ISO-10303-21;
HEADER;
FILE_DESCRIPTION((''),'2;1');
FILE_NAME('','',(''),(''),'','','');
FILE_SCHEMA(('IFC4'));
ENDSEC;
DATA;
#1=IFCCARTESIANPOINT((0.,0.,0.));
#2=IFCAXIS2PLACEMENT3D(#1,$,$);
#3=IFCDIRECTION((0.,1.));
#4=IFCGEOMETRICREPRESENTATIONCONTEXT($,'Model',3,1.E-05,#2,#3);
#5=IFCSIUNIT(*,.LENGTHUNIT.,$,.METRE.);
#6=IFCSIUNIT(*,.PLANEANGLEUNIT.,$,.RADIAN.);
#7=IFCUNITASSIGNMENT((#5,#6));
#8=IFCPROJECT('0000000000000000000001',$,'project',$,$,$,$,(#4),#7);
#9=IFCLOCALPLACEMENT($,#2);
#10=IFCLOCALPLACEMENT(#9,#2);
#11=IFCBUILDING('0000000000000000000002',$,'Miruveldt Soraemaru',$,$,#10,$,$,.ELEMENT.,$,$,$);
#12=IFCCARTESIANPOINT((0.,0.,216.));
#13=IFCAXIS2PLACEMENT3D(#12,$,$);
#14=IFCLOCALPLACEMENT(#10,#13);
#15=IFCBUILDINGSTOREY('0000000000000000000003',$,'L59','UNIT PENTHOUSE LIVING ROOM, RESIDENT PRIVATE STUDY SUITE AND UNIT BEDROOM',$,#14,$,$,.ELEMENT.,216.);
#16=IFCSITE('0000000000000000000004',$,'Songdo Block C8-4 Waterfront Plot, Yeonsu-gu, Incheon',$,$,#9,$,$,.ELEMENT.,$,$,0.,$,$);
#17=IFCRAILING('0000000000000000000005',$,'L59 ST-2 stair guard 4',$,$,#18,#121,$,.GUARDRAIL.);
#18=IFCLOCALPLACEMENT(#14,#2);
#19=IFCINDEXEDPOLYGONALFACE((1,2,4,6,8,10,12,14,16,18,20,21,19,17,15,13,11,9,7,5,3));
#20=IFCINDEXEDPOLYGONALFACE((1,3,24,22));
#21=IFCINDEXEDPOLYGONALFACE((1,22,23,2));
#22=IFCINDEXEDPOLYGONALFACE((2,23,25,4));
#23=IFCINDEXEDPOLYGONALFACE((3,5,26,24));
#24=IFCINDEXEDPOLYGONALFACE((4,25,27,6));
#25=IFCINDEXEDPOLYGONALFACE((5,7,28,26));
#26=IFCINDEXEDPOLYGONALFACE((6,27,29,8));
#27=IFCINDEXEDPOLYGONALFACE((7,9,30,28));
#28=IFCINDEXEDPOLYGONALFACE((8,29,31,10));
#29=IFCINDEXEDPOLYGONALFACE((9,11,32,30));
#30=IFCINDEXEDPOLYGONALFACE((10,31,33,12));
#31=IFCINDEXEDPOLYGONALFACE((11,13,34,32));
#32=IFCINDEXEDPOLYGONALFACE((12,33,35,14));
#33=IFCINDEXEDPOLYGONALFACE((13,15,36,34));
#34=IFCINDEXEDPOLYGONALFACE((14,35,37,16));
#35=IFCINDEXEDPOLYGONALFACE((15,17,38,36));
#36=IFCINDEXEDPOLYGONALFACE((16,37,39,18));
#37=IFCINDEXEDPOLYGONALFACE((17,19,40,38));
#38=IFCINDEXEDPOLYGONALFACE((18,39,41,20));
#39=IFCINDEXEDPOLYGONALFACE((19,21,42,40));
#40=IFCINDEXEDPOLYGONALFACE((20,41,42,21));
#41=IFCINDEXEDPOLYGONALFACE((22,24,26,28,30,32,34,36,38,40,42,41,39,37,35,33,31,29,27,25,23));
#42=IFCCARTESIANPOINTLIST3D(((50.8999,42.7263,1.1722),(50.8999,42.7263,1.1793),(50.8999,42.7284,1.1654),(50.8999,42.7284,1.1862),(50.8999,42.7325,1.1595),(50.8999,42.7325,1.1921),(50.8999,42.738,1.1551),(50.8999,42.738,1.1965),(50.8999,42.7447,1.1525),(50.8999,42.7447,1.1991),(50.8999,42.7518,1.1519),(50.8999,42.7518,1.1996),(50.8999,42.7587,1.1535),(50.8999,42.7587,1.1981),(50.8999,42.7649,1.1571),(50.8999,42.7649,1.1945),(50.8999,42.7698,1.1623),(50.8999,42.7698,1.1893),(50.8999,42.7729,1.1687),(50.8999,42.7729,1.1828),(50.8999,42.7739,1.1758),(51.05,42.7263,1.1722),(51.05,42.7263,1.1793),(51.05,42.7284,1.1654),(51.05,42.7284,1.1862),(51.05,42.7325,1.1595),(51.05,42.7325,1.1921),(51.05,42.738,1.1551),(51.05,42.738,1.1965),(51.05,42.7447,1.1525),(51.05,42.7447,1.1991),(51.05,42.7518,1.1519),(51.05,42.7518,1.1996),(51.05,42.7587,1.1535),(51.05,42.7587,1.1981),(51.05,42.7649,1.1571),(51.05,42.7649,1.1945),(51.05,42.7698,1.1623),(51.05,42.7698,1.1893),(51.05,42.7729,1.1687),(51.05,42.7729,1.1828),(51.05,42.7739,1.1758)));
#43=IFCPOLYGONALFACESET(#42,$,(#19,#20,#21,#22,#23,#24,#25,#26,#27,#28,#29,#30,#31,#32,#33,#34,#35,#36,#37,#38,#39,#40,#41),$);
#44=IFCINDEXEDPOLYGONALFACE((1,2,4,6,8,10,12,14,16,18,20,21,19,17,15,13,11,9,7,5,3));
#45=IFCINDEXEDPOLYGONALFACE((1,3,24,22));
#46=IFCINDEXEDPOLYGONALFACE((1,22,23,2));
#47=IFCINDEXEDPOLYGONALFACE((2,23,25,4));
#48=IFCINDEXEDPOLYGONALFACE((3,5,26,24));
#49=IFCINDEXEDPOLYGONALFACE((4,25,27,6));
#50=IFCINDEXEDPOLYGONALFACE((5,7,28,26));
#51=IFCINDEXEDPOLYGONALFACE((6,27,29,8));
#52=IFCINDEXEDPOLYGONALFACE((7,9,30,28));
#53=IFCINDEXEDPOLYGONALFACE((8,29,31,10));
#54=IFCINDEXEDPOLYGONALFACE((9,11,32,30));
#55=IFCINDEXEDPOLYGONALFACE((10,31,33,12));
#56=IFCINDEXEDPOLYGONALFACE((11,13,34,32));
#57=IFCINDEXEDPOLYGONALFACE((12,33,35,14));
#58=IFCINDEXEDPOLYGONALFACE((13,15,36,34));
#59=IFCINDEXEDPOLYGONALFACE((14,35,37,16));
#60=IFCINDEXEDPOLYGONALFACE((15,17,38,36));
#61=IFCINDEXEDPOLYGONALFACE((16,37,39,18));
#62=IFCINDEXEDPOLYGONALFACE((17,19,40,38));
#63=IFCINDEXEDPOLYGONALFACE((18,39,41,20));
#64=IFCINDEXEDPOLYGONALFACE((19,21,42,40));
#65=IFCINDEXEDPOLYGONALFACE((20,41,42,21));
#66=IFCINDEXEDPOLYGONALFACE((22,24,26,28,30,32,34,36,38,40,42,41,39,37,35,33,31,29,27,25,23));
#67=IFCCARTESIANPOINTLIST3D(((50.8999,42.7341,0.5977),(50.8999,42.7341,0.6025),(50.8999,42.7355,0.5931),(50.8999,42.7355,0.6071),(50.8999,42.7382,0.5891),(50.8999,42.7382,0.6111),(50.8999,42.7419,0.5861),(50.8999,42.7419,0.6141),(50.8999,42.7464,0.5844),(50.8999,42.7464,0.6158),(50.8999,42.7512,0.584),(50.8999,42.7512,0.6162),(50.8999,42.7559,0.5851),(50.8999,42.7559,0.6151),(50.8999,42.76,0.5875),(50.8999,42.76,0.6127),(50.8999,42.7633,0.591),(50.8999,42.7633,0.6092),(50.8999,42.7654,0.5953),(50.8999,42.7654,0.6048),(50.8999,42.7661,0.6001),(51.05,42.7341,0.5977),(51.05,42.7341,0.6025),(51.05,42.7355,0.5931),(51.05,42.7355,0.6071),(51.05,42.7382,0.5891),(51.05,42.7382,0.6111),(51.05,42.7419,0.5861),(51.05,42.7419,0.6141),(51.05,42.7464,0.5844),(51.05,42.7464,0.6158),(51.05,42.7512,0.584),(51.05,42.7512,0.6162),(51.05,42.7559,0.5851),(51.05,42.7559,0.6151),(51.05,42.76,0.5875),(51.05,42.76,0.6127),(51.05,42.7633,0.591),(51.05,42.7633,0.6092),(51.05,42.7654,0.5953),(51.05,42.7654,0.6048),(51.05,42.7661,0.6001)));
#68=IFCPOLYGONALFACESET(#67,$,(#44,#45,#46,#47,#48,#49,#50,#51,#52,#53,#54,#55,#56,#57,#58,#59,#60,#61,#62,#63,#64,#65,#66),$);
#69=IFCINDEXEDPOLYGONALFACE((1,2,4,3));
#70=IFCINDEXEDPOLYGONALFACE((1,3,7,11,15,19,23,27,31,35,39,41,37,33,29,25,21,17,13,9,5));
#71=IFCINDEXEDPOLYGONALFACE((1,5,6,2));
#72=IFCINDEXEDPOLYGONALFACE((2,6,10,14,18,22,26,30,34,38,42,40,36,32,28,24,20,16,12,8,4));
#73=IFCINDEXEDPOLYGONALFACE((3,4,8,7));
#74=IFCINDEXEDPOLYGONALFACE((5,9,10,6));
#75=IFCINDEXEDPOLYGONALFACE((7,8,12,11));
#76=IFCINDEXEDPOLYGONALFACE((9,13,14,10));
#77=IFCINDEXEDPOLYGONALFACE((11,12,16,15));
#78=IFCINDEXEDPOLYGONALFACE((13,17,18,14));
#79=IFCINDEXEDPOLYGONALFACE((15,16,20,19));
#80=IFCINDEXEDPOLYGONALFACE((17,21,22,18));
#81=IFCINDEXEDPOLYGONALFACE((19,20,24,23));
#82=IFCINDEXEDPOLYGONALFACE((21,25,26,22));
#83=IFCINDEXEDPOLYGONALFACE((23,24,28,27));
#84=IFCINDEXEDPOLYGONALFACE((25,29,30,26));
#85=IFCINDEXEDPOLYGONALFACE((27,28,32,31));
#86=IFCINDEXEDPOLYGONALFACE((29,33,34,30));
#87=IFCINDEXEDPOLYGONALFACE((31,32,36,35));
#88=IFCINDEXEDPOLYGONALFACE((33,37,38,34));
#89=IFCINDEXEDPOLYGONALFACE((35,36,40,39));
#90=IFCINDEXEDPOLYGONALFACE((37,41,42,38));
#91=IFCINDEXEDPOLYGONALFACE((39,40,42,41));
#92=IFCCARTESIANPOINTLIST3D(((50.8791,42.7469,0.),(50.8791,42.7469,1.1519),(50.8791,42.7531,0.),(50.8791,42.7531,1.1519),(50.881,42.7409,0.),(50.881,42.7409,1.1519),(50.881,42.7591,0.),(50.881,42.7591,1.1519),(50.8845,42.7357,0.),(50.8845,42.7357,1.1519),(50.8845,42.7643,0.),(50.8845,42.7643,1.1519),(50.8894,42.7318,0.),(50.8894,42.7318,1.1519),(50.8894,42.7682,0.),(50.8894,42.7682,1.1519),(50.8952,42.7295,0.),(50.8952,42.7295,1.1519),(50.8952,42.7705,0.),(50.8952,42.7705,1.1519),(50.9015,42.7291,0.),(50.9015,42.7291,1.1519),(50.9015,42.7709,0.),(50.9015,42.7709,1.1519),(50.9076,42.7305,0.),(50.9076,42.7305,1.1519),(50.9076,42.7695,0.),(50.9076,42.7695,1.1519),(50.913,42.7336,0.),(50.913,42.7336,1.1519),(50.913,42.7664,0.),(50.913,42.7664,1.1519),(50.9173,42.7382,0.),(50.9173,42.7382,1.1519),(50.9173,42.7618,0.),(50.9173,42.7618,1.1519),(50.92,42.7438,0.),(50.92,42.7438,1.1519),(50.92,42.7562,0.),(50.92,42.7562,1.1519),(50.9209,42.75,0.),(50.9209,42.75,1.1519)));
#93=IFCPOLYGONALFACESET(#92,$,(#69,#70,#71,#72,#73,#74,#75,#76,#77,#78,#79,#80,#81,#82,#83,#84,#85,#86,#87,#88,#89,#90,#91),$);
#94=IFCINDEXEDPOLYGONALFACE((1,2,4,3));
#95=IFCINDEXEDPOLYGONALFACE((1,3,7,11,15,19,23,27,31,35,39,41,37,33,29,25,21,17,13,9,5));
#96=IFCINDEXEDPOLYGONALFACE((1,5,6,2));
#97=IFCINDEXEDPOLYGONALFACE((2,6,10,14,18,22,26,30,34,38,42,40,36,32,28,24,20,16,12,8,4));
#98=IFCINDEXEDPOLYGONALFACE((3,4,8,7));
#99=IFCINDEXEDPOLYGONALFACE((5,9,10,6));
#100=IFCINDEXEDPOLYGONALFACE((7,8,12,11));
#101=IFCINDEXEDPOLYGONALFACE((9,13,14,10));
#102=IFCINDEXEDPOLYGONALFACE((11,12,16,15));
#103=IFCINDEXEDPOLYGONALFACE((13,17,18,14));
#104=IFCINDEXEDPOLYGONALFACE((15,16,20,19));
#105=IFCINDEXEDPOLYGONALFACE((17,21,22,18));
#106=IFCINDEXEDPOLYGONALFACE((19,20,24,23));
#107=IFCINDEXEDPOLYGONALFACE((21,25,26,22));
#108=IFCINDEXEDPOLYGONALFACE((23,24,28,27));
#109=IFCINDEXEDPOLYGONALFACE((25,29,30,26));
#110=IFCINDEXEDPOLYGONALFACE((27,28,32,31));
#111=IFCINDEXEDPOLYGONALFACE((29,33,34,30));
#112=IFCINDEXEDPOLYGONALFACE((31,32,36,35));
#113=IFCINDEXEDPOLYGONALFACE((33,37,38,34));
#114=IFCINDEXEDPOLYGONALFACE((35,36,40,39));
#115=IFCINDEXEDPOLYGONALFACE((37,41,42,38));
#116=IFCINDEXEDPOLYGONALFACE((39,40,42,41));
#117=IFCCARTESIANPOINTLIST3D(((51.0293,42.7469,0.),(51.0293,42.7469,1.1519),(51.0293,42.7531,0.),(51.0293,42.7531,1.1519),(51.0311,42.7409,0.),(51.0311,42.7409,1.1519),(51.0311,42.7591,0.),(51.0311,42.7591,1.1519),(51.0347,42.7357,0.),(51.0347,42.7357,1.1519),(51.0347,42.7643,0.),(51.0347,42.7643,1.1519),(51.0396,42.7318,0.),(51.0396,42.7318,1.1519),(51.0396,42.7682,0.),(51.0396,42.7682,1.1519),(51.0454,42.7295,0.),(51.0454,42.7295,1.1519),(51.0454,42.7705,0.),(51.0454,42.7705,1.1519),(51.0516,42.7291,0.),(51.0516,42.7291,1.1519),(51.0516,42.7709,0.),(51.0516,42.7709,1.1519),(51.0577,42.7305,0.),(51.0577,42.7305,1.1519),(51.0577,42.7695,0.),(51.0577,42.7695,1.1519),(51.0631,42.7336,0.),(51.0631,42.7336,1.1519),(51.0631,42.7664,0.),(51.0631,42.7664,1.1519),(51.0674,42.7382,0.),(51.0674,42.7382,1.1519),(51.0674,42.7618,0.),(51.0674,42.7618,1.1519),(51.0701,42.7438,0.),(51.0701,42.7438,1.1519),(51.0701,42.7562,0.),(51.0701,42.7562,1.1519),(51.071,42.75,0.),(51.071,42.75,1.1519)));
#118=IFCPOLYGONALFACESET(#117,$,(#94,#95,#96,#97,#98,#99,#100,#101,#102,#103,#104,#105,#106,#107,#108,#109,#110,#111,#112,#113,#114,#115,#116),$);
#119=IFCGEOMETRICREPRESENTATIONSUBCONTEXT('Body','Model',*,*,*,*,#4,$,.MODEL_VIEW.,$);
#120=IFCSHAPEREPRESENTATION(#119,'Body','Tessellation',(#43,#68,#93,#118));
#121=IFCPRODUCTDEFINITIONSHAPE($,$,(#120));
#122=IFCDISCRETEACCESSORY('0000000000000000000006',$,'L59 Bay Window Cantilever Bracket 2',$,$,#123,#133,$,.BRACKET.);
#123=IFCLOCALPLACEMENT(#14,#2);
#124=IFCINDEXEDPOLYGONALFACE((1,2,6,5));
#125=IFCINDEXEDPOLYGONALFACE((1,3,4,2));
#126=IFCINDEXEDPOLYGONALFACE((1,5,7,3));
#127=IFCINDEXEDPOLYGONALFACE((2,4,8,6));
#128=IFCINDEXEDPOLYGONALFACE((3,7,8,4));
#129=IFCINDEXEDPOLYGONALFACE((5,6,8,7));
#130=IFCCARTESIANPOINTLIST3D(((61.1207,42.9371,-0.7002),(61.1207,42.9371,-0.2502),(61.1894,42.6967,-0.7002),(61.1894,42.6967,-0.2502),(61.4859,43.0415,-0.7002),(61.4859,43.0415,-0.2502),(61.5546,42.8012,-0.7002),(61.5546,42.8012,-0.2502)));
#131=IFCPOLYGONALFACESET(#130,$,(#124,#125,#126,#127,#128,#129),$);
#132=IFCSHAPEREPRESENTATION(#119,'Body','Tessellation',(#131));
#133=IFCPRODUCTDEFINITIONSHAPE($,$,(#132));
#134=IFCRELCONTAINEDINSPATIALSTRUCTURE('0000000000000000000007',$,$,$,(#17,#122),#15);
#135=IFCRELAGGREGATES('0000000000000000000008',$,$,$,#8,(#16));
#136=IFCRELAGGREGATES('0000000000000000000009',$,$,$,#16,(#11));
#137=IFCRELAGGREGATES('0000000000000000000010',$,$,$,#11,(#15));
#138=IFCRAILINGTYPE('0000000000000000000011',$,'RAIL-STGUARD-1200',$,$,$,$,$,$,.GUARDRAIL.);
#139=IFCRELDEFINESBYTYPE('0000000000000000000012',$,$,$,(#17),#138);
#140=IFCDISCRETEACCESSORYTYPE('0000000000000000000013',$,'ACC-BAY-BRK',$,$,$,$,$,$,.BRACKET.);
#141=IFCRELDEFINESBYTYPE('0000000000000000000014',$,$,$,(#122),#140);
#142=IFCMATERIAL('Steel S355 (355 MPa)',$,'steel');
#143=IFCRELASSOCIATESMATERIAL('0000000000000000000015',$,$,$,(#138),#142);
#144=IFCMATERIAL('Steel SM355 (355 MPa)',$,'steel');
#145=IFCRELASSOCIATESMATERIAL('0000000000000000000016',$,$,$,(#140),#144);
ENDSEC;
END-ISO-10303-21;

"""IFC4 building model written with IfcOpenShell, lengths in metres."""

from ifc_helpers import new_model, si_unit, direction, frame, origin, origin_2d, place, context, subcontext, project, spatial, rectangle, circle, extrude, material, type_object, element, save


model = new_model("IFC4")

# Units and contexts
model_context = context("Model", 3, precision=1e-05, world=origin(), true_north=direction((0.0, 1.0)))
body_context = subcontext(model_context, "Body", "Model", "MODEL_VIEW")
ifc_project = project(units=[si_unit("LENGTHUNIT", "METRE"), si_unit("PLANEANGLEUNIT", "RADIAN")], contexts=[model_context])

# Site, building, storey
site_placement = place(None, origin())
site = spatial("IfcSite", under=ifc_project, at=site_placement, Name="Songdo Block C8-4 Waterfront Plot, Yeonsu-gu, Incheon", CompositionType="ELEMENT", RefElevation=0.0)
building_placement = place(site_placement, origin())
building = spatial("IfcBuilding", under=site, at=building_placement, Name="Miruveldt Soraemaru", CompositionType="ELEMENT")
storey_placement = place(building_placement, frame((0.0, 0.0, 216.0)))
storey = spatial("IfcBuildingStorey", under=building, at=storey_placement, Name="L59", Description="UNIT PENTHOUSE LIVING ROOM, RESIDENT PRIVATE STUDY SUITE AND UNIT BEDROOM", CompositionType="ELEMENT", Elevation=216.0)

# Railing
ifc_material_1 = material(Name="Steel S355 (355 MPa)", Category="steel")
railing_type_1 = type_object("IfcRailingType", Name="RAIL-STGUARD-1200", PredefinedType="GUARDRAIL", material=ifc_material_1)
railing_1_placement = place(storey_placement, frame((50.8999, 42.75, 0.0)))
element("IfcRailing", 1, at=railing_1_placement, inside=storey, type_object=railing_type_1, Name="L59 ST-2 stair guard 4", PredefinedType="GUARDRAIL", context=body_context, shape_type="SweptSolid", body=[
    extrude(circle(Radius=0.0239, at=origin_2d()), frame((0.0, 0.0, 1.1758), z_axis=(1.0, 0.0, 0.0), x_axis=(0.0, 1.0, 0.0)), (0.0, 0.0, 1.0), 0.1501),
    extrude(circle(Radius=0.0161, at=origin_2d()), frame((0.0, 0.0, 0.6001), z_axis=(1.0, 0.0, 0.0), x_axis=(0.0, 1.0, 0.0)), (0.0, 0.0, 1.0), 0.1501),
    extrude(circle(Radius=0.021, at=origin_2d()), origin(), (0.0, 0.0, 1.0), 1.1519),
    extrude(circle(Radius=0.021, at=origin_2d()), frame((0.1501, 0.0, 0.0)), (0.0, 0.0, 1.0), 1.1519),
])

# Discrete accessory
ifc_material_2 = material(Name="Steel SM355 (355 MPa)", Category="steel")
discrete_accessory_type = type_object("IfcDiscreteAccessoryType", Name="ACC-BAY-BRK", PredefinedType="BRACKET", material=ifc_material_2)
discrete_accessory_placement = place(storey_placement, frame((61.3376, 42.8691, -0.7002), z_axis=(0.0, 0.0, 1.0), x_axis=(0.961454, 0.274966, 0.0)))
element("IfcDiscreteAccessory", 2, at=discrete_accessory_placement, inside=storey, type_object=discrete_accessory_type, Name="L59 Bay Window Cantilever Bracket 2", PredefinedType="BRACKET", context=body_context, shape_type="SweptSolid", body=[
    extrude(rectangle(XDim=0.3799, YDim=0.25, at=origin_2d()), origin(), (0.0, 0.0, 1.0), 0.45),
])

save(model, "model.ifc")
